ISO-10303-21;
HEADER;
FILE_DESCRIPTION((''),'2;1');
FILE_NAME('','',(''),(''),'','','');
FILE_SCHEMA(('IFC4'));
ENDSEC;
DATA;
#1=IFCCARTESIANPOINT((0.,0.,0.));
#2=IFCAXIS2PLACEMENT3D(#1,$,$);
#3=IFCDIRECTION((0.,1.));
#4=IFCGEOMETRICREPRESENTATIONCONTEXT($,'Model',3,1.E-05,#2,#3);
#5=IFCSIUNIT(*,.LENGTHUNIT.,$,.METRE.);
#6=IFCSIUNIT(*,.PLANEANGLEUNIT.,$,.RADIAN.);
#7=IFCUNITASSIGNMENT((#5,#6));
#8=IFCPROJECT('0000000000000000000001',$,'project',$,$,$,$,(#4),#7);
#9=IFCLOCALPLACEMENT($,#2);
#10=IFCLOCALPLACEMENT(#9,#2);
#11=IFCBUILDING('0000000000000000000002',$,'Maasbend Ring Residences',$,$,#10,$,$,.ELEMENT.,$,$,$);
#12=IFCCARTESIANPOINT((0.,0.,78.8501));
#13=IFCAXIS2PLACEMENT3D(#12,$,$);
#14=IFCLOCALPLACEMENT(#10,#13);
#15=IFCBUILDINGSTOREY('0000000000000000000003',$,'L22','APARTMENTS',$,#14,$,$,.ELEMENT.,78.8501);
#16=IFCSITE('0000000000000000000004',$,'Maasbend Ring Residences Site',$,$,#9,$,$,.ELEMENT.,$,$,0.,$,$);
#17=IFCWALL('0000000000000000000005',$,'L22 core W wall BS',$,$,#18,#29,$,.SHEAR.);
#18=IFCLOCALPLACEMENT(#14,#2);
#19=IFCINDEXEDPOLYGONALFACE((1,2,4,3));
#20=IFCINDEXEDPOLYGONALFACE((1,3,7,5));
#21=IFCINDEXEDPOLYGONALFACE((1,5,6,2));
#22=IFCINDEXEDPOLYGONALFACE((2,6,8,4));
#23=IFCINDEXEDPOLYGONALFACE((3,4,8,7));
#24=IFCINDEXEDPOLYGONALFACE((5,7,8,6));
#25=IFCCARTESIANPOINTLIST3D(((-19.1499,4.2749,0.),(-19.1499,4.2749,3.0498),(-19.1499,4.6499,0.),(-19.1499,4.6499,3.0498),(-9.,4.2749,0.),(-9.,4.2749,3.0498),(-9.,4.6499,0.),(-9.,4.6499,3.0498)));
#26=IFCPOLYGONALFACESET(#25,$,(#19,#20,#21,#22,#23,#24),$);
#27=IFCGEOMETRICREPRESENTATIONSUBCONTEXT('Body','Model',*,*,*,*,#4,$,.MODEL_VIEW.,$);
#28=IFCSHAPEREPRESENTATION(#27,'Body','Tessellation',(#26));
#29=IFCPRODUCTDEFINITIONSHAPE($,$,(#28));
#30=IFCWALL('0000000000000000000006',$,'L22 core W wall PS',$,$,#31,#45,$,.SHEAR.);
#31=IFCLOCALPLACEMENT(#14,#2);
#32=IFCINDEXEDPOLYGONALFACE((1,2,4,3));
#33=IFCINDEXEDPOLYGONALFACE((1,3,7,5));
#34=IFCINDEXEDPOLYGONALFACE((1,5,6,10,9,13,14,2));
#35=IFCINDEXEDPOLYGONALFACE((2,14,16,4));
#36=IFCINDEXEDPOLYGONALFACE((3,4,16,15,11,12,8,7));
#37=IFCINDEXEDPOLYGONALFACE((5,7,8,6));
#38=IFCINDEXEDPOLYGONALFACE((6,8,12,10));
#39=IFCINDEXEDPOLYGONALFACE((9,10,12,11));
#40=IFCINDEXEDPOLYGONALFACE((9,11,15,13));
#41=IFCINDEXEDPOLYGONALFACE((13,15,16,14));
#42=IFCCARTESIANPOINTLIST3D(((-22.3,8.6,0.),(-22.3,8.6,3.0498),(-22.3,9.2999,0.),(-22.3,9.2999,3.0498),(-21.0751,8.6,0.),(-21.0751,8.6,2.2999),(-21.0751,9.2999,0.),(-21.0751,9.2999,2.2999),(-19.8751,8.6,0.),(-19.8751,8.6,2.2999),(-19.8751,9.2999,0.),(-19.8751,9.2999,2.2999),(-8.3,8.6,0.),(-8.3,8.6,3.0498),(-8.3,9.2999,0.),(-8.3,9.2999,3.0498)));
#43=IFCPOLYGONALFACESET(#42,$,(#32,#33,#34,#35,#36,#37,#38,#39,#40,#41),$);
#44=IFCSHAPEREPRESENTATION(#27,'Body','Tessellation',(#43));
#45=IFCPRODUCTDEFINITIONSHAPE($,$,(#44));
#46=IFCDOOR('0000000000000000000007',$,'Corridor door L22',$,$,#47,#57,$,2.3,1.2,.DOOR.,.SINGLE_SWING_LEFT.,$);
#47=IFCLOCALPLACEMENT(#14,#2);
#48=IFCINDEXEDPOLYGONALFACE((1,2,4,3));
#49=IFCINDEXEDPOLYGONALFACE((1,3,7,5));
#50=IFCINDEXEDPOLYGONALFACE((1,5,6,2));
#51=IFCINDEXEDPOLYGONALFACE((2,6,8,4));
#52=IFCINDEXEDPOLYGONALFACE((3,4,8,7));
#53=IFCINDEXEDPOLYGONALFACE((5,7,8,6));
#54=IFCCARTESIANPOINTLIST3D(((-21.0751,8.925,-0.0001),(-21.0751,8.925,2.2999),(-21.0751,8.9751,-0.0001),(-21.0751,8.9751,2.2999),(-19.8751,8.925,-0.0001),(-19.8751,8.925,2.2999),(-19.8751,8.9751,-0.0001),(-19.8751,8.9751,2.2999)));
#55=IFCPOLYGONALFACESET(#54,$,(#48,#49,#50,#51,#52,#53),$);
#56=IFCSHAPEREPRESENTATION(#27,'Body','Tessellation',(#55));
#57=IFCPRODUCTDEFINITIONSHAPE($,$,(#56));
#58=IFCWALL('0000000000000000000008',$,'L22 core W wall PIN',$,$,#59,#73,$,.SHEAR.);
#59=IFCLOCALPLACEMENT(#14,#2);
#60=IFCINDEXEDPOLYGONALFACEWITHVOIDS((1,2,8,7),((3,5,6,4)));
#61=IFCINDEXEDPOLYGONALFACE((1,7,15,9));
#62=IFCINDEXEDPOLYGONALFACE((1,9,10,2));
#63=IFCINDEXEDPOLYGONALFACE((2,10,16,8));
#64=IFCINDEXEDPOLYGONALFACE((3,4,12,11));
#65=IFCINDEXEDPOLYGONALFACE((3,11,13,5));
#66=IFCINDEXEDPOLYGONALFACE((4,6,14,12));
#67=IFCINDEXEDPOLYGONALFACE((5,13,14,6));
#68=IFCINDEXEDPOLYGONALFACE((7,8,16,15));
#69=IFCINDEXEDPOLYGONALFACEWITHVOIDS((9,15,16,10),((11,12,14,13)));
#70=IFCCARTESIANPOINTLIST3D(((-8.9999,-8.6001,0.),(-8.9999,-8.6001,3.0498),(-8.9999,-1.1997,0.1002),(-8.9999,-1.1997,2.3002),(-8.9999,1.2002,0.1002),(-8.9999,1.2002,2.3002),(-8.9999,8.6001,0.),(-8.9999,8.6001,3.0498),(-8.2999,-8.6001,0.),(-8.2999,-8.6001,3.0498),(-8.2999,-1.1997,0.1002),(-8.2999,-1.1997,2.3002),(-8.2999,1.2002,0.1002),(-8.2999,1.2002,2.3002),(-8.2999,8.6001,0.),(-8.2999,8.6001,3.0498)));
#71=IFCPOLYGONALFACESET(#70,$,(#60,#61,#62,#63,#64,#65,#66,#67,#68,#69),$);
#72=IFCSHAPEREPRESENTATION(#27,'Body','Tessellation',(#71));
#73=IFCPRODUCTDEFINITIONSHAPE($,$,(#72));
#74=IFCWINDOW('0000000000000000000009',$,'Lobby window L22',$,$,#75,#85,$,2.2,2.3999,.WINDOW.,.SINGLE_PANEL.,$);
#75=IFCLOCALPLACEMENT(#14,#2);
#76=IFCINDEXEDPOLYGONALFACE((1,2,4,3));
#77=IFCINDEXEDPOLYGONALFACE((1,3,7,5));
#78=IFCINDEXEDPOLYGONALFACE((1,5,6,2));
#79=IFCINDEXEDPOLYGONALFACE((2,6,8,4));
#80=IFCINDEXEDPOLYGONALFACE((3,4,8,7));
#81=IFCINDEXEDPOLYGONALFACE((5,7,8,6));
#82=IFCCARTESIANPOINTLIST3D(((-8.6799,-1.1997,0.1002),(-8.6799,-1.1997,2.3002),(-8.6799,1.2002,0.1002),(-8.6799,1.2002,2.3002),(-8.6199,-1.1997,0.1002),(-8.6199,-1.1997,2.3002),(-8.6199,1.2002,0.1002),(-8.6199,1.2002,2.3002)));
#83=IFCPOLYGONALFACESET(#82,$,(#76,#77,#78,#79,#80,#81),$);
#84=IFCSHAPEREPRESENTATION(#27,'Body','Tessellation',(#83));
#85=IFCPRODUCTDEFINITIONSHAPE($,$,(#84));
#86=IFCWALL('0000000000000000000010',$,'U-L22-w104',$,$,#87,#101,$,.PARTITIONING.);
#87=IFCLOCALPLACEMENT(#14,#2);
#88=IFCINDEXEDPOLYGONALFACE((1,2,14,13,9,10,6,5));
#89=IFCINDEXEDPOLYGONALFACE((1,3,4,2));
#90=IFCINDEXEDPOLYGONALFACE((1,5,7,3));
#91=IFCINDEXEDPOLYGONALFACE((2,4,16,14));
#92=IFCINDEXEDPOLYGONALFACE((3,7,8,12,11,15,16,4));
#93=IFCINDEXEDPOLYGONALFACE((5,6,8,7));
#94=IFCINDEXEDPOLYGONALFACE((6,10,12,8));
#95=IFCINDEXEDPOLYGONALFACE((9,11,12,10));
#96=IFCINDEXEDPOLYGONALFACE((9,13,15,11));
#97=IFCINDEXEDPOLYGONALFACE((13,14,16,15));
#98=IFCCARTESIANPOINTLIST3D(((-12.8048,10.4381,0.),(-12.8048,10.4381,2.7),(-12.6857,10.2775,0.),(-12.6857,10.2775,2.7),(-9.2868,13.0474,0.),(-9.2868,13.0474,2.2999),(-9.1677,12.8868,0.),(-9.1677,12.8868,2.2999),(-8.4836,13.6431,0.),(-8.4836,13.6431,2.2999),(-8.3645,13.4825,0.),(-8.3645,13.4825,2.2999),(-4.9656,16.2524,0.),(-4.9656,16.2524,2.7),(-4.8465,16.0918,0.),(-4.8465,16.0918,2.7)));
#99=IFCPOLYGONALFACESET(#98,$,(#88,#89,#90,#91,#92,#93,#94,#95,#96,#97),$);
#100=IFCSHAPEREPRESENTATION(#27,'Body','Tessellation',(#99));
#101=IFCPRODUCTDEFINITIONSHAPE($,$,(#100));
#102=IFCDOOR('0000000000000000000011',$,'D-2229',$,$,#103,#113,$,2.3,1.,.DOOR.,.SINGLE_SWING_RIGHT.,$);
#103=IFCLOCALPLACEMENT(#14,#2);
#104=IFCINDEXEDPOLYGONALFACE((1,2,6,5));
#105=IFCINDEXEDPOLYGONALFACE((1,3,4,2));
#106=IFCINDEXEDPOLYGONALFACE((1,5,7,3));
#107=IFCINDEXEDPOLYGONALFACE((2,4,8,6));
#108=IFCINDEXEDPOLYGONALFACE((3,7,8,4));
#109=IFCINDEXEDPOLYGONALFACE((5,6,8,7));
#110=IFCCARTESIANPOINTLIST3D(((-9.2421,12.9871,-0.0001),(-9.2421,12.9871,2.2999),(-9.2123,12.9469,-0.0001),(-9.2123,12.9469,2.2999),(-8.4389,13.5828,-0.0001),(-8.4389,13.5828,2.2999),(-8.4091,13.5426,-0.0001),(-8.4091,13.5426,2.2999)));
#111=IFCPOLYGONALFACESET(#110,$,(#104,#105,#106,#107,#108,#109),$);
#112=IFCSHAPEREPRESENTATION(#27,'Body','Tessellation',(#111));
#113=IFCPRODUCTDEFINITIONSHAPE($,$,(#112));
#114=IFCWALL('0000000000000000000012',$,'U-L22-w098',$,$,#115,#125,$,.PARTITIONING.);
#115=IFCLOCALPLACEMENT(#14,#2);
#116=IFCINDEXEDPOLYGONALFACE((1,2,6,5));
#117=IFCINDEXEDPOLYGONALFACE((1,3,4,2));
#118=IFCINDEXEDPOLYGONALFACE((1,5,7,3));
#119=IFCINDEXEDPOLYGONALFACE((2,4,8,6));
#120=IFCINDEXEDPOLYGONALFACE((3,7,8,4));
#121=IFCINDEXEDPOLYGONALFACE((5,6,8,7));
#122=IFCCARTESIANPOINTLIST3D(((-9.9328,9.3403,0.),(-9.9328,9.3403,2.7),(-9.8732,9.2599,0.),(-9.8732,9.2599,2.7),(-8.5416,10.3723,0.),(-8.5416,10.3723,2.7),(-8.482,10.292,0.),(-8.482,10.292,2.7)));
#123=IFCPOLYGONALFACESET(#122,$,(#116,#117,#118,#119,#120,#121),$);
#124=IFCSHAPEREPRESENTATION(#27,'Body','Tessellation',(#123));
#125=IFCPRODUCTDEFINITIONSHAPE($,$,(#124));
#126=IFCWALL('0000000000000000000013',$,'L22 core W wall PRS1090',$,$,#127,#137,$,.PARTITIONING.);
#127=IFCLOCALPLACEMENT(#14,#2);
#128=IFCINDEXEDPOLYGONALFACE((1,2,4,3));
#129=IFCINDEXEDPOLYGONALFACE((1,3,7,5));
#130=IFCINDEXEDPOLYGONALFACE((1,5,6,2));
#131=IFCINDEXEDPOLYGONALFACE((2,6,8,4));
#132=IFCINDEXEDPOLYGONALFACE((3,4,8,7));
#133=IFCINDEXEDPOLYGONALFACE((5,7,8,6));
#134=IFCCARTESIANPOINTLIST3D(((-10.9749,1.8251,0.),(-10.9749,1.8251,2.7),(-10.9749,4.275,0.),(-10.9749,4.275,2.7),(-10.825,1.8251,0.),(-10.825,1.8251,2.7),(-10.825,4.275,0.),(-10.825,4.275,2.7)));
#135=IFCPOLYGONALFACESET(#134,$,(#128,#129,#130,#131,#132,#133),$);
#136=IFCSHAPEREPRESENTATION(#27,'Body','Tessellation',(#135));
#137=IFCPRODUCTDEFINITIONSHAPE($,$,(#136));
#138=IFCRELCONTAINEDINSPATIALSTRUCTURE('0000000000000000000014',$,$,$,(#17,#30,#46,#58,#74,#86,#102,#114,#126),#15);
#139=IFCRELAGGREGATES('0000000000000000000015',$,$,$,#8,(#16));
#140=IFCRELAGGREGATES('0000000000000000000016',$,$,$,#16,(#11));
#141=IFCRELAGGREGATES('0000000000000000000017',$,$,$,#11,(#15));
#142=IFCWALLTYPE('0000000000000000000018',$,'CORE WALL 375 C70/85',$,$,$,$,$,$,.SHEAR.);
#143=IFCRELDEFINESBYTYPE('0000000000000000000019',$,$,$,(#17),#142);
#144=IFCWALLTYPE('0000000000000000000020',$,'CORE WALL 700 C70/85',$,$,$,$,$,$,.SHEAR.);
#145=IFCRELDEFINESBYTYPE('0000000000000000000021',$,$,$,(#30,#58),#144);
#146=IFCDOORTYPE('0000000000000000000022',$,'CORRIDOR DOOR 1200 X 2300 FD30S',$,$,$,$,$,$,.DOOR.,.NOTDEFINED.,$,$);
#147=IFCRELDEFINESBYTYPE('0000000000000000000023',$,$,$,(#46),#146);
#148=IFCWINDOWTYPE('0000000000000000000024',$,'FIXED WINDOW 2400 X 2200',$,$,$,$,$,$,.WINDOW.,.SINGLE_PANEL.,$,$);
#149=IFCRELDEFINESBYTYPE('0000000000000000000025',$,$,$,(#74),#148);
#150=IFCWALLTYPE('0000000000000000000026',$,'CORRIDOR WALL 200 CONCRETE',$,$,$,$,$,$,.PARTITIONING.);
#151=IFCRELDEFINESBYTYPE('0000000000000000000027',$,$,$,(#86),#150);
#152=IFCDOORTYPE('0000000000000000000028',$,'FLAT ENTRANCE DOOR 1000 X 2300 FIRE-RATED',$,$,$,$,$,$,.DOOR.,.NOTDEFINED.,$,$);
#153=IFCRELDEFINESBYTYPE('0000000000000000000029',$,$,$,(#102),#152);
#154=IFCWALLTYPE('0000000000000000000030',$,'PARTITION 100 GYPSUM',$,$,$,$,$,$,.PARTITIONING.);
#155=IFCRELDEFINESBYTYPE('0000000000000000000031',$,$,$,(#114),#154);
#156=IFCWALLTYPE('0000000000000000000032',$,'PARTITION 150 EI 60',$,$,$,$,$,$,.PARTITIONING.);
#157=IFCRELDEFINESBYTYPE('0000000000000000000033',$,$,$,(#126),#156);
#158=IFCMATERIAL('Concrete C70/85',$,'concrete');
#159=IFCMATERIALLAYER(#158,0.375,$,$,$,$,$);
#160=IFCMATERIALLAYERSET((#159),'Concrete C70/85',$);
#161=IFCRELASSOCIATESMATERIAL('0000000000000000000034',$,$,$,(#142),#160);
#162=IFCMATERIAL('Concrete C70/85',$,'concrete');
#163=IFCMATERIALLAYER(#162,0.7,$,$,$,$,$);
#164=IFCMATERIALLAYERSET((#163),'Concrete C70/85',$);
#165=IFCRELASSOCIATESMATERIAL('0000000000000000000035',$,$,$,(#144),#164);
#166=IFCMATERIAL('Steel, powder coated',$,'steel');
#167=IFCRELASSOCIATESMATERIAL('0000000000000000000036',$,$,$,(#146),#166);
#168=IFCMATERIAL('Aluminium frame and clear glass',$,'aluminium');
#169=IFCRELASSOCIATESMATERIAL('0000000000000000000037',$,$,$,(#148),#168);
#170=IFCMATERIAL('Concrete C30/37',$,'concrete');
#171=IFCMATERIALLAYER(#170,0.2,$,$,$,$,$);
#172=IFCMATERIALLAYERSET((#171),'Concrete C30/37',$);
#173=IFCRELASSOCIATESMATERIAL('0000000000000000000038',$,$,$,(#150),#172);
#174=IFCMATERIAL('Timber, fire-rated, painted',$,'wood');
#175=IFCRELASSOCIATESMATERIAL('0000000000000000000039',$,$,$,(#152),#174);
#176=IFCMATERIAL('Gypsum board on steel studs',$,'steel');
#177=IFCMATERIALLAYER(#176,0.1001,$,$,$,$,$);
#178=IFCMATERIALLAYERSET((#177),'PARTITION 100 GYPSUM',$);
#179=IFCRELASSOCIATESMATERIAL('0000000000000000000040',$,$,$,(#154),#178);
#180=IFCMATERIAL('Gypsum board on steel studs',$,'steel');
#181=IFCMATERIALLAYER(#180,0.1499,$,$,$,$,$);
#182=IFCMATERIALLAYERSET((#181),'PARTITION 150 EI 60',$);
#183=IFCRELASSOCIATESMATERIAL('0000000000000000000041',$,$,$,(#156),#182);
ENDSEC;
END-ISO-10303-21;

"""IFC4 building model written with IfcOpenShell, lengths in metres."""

from ifc_helpers import new_model, si_unit, direction, frame, frame_2d, origin, place, context, subcontext, project, spatial, rectangle, extrude, material, layer, layer_set, type_object, element, fill, save


model = new_model("IFC4")

# Units and contexts
model_context = context("Model", 3, precision=1e-05, world=origin(), true_north=direction((0.0, 1.0)))
body_context = subcontext(model_context, "Body", "Model", "MODEL_VIEW")
ifc_project = project(units=[si_unit("LENGTHUNIT", "METRE"), si_unit("PLANEANGLEUNIT", "RADIAN")], contexts=[model_context])

# Site, building, storey
site_placement = place(None, origin())
site = spatial("IfcSite", under=ifc_project, at=site_placement, Name="Maasbend Ring Residences Site", CompositionType="ELEMENT", RefElevation=0.0)
building_placement = place(site_placement, origin())
building = spatial("IfcBuilding", under=site, at=building_placement, Name="Maasbend Ring Residences", CompositionType="ELEMENT")
storey_placement = place(building_placement, frame((0.0, 0.0, 78.8501)))
storey = spatial("IfcBuildingStorey", under=building, at=storey_placement, Name="L22", Description="APARTMENTS", CompositionType="ELEMENT", Elevation=78.8501)

# Wall
ifc_material_1 = material(Name="Concrete C70/85", Category="concrete")
ifc_layer_1 = layer(ifc_material_1, 0.375)
ifc_layer_set_1 = layer_set([ifc_layer_1], Name="Concrete C70/85")
wall_type_1 = type_object("IfcWallType", Name="CORE WALL 375 C70/85", PredefinedType="SHEAR", material=ifc_layer_set_1)
wall_1_placement = place(storey_placement, frame((-9.0, 4.4624, 0.0), z_axis=(0.0, 0.0, 1.0), x_axis=(-1.0, 0.0, 0.0)))
element("IfcWall", 1, at=wall_1_placement, inside=storey, type_object=wall_type_1, Name="L22 core W wall BS", PredefinedType="SHEAR", context=body_context, shape_type="SweptSolid", body=[
    extrude(rectangle(XDim=10.1499, YDim=0.375, at=frame_2d((5.075, 0.0))), origin(), (0.0, 0.0, 1.0), 3.0498),
])

# Wall, opening, door
ifc_material_2 = material(Name="Concrete C70/85", Category="concrete")
ifc_layer_2 = layer(ifc_material_2, 0.7)
ifc_layer_set_2 = layer_set([ifc_layer_2], Name="Concrete C70/85")
wall_type_2 = type_object("IfcWallType", Name="CORE WALL 700 C70/85", PredefinedType="SHEAR", material=ifc_layer_set_2)
wall_2_placement = place(storey_placement, frame((-8.3, 8.95, 0.0), z_axis=(0.0, 0.0, 1.0), x_axis=(-1.0, 0.0, 0.0)))
wall_2 = element("IfcWall", 2, at=wall_2_placement, inside=storey, type_object=wall_type_2, Name="L22 core W wall PS", PredefinedType="SHEAR", context=body_context, shape_type="SweptSolid", body=[
    extrude(rectangle(XDim=14.0, YDim=0.7, at=frame_2d((7.0, 0.0))), origin(), (0.0, 0.0, 1.0), 3.0498),
])
opening_1_placement = place(wall_2_placement, frame((11.575, 0.0, 0.0)))
opening_1 = element("IfcOpeningElement", 3, at=opening_1_placement, cuts=wall_2, PredefinedType="OPENING", context=body_context, shape_type="SweptSolid", body=[
    extrude(rectangle(XDim=1.2, YDim=2.3, at=frame_2d((0.6001, 1.1499))), frame((0.0, 0.3599, 0.0), z_axis=(0.0, -1.0, 0.0), x_axis=(1.0, 0.0, 0.0)), (0.0, 0.0, 1.0), 0.72),
])
ifc_material_3 = material(Name="Steel, powder coated", Category="steel")
door_type_1 = type_object("IfcDoorType", Name="CORRIDOR DOOR 1200 X 2300 FD30S", OperationType="NOTDEFINED", PredefinedType="DOOR", material=ifc_material_3)
door_1_placement = place(opening_1_placement, origin())
door_1 = element("IfcDoor", 4, at=door_1_placement, inside=storey, type_object=door_type_1, Name="Corridor door L22", OperationType="SINGLE_SWING_LEFT", OverallHeight=2.3, OverallWidth=1.2, PredefinedType="DOOR", context=body_context, shape_type="SweptSolid", body=[
    extrude(rectangle(XDim=1.2, YDim=2.3, at=frame_2d((0.6001, 1.1499))), frame((0.0, 0.0249, 0.0), z_axis=(0.0, -1.0, 0.0), x_axis=(1.0, 0.0, 0.0)), (0.0, 0.0, 1.0), 0.05),
])
fill(opening_1, door_1)

# Wall, opening, window
wall_3_placement = place(storey_placement, frame((-8.6499, 8.6001, 0.0), z_axis=(0.0, 0.0, 1.0), x_axis=(0.0, -1.0, 0.0)))
wall_3 = element("IfcWall", 5, at=wall_3_placement, inside=storey, type_object=wall_type_2, Name="L22 core W wall PIN", PredefinedType="SHEAR", context=body_context, shape_type="SweptSolid", body=[
    extrude(rectangle(XDim=17.2002, YDim=0.7, at=frame_2d((8.6001, 0.0))), origin(), (0.0, 0.0, 1.0), 3.0498),
])
opening_2_placement = place(wall_3_placement, frame((7.3999, 0.0, 0.1001)))
opening_2 = element("IfcOpeningElement", 6, at=opening_2_placement, cuts=wall_3, PredefinedType="OPENING", context=body_context, shape_type="SweptSolid", body=[
    extrude(rectangle(XDim=2.3999, YDim=2.2, at=frame_2d((1.2, 1.1001))), frame((0.0, 0.3599, 0.0), z_axis=(0.0, -1.0, 0.0), x_axis=(1.0, 0.0, 0.0)), (0.0, 0.0, 1.0), 0.72),
])
ifc_material_4 = material(Name="Aluminium frame and clear glass", Category="aluminium")
window_type = type_object("IfcWindowType", Name="FIXED WINDOW 2400 X 2200", PartitioningType="SINGLE_PANEL", PredefinedType="WINDOW", material=ifc_material_4)
window_placement = place(opening_2_placement, origin())
window = element("IfcWindow", 7, at=window_placement, inside=storey, type_object=window_type, Name="Lobby window L22", OverallHeight=2.2, OverallWidth=2.3999, PartitioningType="SINGLE_PANEL", PredefinedType="WINDOW", context=body_context, shape_type="SweptSolid", body=[
    extrude(rectangle(XDim=2.3999, YDim=2.2, at=frame_2d((1.2, 1.1001))), frame((0.0, 0.03, 0.0), z_axis=(0.0, -1.0, 0.0), x_axis=(1.0, 0.0, 0.0)), (0.0, 0.0, 1.0), 0.0601),
])
fill(opening_2, window)

# Wall, opening, door
ifc_material_5 = material(Name="Concrete C30/37", Category="concrete")
ifc_layer_3 = layer(ifc_material_5, 0.2)
ifc_layer_set_3 = layer_set([ifc_layer_3], Name="Concrete C30/37")
wall_type_3 = type_object("IfcWallType", Name="CORRIDOR WALL 200 CONCRETE", PredefinedType="PARTITIONING", material=ifc_layer_set_3)
wall_4_placement = place(storey_placement, frame((-12.7451, 10.3579, 0.0), z_axis=(0.0, 0.0, 1.0), x_axis=(0.803191, 0.595721, 0.0)))
wall_4 = element("IfcWall", 8, at=wall_4_placement, inside=storey, type_object=wall_type_3, Name="U-L22-w104", PredefinedType="PARTITIONING", context=body_context, shape_type="SweptSolid", body=[
    extrude(rectangle(XDim=9.76, YDim=0.2, at=frame_2d((4.8799, 0.0))), origin(), (0.0, 0.0, 1.0), 2.7),
])
opening_3_placement = place(wall_4_placement, frame((4.3799, 0.0, 0.0)))
opening_3 = element("IfcOpeningElement", 9, at=opening_3_placement, cuts=wall_4, PredefinedType="OPENING", context=body_context, shape_type="SweptSolid", body=[
    extrude(rectangle(XDim=1.0, YDim=2.3, at=frame_2d((0.5, 1.1499))), frame((0.0, 0.1099, 0.0), z_axis=(0.0, -1.0, 0.0), x_axis=(1.0, 0.0, 0.0)), (0.0, 0.0, 1.0), 0.22),
])
ifc_material_6 = material(Name="Timber, fire-rated, painted", Category="wood")
door_type_2 = type_object("IfcDoorType", Name="FLAT ENTRANCE DOOR 1000 X 2300 FIRE-RATED", OperationType="NOTDEFINED", PredefinedType="DOOR", material=ifc_material_6)
door_2_placement = place(opening_3_placement, origin())
door_2 = element("IfcDoor", 10, at=door_2_placement, inside=storey, type_object=door_type_2, Name="D-2229", OperationType="SINGLE_SWING_RIGHT", OverallHeight=2.3, OverallWidth=1.0, PredefinedType="DOOR", context=body_context, shape_type="SweptSolid", body=[
    extrude(rectangle(XDim=1.0, YDim=2.3, at=frame_2d((0.5, 1.1499))), frame((0.0, 0.0249, 0.0), z_axis=(0.0, -1.0, 0.0), x_axis=(1.0, 0.0, 0.0)), (0.0, 0.0, 1.0), 0.05),
])
fill(opening_3, door_2)

# Walls
ifc_material_7 = material(Name="Gypsum board on steel studs", Category="steel")
ifc_layer_4 = layer(ifc_material_7, 0.1001)
ifc_layer_set_4 = layer_set([ifc_layer_4], Name="PARTITION 100 GYPSUM")
wall_type_4 = type_object("IfcWallType", Name="PARTITION 100 GYPSUM", PredefinedType="PARTITIONING", material=ifc_layer_set_4)
wall_5_placement = place(storey_placement, frame((-9.9031, 9.3, 0.0), z_axis=(0.0, 0.0, 1.0), x_axis=(0.803135, 0.595797, 0.0)))
element("IfcWall", 11, at=wall_5_placement, inside=storey, type_object=wall_type_4, Name="U-L22-w098", PredefinedType="PARTITIONING", context=body_context, shape_type="SweptSolid", body=[
    extrude(rectangle(XDim=1.7322, YDim=0.1001, at=frame_2d((0.8662, 0.0))), origin(), (0.0, 0.0, 1.0), 2.7),
])
ifc_material_8 = material(Name="Gypsum board on steel studs", Category="steel")
ifc_layer_5 = layer(ifc_material_8, 0.1499)
ifc_layer_set_5 = layer_set([ifc_layer_5], Name="PARTITION 150 EI 60")
wall_type_5 = type_object("IfcWallType", Name="PARTITION 150 EI 60", PredefinedType="PARTITIONING", material=ifc_layer_set_5)
wall_6_placement = place(storey_placement, frame((-10.8999, 1.825, 0.0), z_axis=(0.0, 0.0, 1.0), x_axis=(0.0, 1.0, 0.0)))
element("IfcWall", 12, at=wall_6_placement, inside=storey, type_object=wall_type_5, Name="L22 core W wall PRS1090", PredefinedType="PARTITIONING", context=body_context, shape_type="SweptSolid", body=[
    extrude(rectangle(XDim=2.45, YDim=0.1499, at=frame_2d((1.2251, 0.0))), origin(), (0.0, 0.0, 1.0), 2.7),
])

save(model, "model.ifc")
